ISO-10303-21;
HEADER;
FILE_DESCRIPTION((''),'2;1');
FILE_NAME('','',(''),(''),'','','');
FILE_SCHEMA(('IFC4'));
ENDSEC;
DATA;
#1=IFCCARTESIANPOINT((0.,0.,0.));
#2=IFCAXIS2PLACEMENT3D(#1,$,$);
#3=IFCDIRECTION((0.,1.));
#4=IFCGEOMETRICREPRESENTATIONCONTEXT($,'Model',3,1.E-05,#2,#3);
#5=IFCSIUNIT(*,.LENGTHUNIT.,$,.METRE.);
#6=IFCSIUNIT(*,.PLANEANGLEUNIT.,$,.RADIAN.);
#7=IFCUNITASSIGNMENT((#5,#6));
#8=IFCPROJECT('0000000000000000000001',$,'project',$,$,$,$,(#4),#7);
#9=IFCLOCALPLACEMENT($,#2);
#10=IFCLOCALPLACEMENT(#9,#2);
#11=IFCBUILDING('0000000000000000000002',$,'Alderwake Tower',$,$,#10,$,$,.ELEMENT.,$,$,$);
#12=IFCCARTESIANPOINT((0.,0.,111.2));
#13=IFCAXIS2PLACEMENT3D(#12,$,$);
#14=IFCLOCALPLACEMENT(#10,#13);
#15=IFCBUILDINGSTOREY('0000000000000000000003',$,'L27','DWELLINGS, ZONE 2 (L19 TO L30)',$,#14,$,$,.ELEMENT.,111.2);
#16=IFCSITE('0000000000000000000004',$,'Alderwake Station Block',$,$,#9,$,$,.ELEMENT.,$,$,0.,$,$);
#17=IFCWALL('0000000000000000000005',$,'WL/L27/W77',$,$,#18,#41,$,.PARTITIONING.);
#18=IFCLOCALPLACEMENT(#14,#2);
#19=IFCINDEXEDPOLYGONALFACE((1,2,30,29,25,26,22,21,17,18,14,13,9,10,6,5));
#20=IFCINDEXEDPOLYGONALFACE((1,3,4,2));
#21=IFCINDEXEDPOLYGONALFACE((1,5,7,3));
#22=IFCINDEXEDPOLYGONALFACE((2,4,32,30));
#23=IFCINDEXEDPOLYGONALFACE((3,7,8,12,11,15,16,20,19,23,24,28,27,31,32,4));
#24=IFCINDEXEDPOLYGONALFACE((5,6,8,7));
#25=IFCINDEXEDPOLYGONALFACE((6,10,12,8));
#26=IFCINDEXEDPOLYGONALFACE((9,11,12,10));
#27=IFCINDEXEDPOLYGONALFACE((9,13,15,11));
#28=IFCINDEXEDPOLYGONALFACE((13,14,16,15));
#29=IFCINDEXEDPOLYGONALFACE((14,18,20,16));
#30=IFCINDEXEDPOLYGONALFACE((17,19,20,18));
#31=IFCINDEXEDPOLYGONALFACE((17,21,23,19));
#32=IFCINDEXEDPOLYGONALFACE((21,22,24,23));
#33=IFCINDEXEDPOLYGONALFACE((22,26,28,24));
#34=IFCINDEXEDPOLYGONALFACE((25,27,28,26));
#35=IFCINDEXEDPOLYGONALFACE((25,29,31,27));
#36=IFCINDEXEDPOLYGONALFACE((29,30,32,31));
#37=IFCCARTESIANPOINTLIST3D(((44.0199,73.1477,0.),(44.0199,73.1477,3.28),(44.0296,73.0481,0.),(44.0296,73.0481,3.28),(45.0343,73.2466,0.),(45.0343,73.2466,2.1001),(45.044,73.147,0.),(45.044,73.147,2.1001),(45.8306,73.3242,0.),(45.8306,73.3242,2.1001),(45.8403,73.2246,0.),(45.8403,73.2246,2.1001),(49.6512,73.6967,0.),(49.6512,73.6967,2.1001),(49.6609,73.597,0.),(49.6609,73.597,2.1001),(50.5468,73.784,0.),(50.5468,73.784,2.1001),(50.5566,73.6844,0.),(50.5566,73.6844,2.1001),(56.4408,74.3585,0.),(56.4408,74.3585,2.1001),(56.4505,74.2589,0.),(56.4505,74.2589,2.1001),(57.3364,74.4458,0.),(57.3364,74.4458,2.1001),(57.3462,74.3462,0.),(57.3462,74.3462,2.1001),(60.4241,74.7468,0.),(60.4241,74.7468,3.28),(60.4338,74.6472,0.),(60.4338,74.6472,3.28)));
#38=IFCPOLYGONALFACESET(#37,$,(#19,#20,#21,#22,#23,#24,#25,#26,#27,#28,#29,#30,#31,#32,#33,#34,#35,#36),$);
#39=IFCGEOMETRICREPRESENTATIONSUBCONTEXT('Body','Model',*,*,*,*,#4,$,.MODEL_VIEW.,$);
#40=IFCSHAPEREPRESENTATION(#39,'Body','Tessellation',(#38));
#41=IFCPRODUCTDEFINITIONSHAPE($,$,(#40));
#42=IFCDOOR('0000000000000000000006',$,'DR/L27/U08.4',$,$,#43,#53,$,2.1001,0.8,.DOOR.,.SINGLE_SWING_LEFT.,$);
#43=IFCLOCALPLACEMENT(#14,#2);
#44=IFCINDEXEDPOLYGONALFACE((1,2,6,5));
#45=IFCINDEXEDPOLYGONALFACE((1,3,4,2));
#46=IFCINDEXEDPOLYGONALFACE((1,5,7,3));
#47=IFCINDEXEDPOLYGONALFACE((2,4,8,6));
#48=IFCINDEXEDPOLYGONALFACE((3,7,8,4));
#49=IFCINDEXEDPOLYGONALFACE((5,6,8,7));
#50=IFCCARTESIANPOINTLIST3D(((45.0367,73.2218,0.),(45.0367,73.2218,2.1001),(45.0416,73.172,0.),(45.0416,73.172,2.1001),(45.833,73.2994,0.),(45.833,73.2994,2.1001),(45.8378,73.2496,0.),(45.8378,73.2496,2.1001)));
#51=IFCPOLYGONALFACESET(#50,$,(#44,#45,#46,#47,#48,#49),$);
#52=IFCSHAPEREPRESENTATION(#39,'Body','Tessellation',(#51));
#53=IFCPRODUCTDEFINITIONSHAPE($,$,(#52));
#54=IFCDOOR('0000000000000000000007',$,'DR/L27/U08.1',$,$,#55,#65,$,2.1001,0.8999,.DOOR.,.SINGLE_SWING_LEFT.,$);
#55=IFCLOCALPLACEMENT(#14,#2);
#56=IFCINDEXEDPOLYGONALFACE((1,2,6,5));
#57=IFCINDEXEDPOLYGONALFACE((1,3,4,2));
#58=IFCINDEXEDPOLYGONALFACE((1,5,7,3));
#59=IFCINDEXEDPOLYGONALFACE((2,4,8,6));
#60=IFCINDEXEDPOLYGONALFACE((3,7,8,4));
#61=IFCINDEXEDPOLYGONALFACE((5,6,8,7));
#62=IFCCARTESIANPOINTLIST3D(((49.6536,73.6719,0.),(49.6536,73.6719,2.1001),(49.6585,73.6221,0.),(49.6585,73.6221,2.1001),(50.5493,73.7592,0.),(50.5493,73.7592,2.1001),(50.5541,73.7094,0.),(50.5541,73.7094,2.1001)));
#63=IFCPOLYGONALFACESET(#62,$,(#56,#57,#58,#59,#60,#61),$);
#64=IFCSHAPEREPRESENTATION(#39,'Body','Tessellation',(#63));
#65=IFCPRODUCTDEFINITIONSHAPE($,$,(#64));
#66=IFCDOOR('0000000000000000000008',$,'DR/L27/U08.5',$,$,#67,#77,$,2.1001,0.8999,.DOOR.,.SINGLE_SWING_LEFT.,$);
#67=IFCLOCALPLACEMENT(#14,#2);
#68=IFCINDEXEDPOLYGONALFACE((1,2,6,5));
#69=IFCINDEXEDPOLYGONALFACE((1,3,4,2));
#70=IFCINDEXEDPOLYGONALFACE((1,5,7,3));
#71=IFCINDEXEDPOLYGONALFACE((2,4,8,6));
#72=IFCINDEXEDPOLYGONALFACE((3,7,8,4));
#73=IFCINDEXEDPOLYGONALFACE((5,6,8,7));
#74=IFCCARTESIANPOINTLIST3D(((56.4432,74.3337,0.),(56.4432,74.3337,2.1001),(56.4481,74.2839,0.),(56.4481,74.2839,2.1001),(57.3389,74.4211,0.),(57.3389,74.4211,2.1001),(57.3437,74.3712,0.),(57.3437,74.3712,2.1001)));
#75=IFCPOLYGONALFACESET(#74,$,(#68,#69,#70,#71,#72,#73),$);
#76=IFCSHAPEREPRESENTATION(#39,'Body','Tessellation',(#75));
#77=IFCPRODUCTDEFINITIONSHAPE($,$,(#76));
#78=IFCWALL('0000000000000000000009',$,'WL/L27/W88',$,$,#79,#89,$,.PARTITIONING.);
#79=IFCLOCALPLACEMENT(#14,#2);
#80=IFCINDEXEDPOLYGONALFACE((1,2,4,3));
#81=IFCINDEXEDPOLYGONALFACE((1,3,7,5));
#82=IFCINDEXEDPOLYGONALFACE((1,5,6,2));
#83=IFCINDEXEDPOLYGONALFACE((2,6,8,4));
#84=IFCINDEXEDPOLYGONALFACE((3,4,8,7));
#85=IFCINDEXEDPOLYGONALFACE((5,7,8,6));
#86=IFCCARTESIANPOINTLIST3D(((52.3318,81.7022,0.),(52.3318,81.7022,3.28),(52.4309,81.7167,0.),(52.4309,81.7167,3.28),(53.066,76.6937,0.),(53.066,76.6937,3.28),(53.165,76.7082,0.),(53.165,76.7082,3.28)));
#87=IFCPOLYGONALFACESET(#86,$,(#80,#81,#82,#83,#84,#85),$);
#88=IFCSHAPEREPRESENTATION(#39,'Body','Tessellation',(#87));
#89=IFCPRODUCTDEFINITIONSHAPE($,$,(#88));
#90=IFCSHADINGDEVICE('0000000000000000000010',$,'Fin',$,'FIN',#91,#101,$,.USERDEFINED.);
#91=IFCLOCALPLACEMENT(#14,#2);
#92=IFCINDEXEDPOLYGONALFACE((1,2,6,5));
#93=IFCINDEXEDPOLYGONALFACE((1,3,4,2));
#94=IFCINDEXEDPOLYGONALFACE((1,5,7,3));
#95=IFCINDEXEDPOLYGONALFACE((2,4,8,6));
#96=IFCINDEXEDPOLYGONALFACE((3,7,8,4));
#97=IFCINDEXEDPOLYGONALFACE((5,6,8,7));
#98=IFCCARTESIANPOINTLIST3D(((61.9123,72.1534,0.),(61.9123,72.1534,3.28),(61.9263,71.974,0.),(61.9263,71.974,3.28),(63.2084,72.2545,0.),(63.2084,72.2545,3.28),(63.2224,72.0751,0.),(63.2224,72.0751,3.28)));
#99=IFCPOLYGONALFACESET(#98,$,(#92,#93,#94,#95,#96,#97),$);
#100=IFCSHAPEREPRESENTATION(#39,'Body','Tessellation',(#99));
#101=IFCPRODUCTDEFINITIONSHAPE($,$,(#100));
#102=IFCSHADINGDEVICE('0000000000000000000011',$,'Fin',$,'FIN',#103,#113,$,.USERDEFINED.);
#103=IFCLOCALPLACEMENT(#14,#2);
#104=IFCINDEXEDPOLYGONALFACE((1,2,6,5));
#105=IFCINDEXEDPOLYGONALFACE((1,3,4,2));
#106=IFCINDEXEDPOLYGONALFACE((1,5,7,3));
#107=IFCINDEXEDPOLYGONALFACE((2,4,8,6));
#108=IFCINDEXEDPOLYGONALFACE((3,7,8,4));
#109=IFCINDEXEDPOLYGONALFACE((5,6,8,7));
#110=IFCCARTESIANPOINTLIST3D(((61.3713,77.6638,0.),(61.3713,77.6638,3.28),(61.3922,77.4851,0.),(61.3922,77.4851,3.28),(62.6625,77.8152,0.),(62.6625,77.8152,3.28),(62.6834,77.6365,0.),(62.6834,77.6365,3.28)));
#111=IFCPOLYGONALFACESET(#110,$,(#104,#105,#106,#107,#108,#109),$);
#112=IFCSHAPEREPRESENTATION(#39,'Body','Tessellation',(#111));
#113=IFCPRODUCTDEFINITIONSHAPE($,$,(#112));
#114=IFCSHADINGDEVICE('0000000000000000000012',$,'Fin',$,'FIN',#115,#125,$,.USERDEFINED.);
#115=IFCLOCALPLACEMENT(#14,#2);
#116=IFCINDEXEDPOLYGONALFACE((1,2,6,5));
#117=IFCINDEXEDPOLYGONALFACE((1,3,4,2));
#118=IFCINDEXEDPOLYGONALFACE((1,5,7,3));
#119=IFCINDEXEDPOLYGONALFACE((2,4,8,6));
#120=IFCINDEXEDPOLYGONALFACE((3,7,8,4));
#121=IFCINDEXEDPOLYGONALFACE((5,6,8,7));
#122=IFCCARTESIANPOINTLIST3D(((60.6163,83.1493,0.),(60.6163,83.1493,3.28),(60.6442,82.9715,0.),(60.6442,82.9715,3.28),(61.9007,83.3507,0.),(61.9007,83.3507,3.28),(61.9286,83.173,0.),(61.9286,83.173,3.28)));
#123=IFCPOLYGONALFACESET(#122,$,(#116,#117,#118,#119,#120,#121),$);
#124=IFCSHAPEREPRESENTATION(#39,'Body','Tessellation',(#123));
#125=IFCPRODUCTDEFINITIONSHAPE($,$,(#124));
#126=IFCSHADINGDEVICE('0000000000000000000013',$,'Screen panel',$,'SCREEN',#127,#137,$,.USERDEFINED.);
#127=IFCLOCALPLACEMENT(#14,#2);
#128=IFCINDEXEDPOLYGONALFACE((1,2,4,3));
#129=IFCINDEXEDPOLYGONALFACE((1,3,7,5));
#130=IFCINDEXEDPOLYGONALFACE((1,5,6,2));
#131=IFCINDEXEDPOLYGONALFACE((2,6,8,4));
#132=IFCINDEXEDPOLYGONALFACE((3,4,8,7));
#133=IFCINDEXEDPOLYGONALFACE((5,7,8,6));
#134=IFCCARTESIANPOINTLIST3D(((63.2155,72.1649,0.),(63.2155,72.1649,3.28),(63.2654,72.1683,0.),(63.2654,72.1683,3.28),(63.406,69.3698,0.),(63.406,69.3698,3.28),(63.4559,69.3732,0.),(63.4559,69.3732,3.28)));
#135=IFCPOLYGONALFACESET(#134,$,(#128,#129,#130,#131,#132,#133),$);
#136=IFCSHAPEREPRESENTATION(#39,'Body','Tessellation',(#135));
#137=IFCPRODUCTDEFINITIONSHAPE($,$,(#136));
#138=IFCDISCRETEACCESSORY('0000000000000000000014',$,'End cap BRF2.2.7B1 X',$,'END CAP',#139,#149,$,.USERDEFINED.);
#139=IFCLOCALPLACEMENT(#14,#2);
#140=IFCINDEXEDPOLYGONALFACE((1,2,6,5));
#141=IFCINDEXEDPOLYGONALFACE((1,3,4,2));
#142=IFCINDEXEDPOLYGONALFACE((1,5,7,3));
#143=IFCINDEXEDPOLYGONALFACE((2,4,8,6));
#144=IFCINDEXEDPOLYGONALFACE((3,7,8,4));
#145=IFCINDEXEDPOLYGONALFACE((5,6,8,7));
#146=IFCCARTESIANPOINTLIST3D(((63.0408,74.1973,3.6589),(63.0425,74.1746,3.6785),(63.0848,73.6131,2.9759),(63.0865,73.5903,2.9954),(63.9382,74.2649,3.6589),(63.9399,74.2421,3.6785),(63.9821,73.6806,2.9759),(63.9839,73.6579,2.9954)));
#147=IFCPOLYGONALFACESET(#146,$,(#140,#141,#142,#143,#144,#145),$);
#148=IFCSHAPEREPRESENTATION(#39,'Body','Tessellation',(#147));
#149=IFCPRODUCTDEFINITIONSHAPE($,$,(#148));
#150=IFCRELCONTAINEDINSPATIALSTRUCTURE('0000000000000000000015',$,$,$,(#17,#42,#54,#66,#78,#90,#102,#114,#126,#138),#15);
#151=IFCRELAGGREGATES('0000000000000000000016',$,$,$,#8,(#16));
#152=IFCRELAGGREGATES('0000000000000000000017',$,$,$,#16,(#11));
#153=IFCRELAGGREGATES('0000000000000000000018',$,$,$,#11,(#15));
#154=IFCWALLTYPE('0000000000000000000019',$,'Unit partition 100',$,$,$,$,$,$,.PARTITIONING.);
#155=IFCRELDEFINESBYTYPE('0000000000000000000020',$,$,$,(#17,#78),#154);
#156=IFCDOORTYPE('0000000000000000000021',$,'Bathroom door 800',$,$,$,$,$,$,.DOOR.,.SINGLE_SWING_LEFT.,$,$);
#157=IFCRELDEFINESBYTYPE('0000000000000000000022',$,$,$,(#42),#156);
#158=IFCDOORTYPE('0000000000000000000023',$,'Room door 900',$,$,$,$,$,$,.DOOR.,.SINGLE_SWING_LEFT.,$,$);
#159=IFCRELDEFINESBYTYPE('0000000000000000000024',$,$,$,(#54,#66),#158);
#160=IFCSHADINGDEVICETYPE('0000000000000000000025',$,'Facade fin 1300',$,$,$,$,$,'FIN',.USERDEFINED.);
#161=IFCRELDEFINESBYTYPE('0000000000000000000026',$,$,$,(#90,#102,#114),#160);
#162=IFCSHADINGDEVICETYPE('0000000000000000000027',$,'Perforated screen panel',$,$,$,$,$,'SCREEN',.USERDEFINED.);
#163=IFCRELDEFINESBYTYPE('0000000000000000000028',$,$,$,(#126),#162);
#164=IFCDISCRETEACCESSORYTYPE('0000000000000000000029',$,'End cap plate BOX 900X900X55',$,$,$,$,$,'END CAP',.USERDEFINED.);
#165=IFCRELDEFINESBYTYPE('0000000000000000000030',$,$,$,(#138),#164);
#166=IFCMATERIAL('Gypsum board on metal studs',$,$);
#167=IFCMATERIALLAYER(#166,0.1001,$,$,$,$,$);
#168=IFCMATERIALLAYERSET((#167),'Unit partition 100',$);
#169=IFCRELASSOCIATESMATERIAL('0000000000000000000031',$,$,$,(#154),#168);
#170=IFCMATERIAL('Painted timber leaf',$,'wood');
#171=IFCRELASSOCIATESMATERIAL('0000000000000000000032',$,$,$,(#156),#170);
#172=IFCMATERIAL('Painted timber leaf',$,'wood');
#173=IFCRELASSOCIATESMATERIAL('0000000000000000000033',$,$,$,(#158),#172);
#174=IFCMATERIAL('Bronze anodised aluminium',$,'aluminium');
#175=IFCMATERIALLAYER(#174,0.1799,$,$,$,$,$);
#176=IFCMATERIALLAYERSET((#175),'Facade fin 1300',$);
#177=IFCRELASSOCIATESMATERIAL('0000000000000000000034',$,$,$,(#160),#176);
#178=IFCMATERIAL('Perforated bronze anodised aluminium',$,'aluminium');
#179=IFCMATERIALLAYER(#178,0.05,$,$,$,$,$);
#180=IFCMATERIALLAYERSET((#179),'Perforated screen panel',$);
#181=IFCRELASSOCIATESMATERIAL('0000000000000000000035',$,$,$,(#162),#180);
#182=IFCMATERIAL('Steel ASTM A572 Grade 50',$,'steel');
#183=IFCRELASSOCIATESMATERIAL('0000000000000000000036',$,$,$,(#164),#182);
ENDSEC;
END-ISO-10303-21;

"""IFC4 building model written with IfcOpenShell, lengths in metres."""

from ifc_helpers import new_model, si_unit, direction, frame, frame_2d, origin, origin_2d, place, context, subcontext, project, spatial, rectangle, extrude, material, layer, layer_set, material_profile, profile_set, type_object, element, fill, save


model = new_model("IFC4")

# Units and contexts
model_context = context("Model", 3, precision=1e-05, world=origin(), true_north=direction((0.0, 1.0)))
body_context = subcontext(model_context, "Body", "Model", "MODEL_VIEW")
ifc_project = project(units=[si_unit("LENGTHUNIT", "METRE"), si_unit("PLANEANGLEUNIT", "RADIAN")], contexts=[model_context])

# Site, building, storey
site_placement = place(None, origin())
site = spatial("IfcSite", under=ifc_project, at=site_placement, Name="Alderwake Station Block", CompositionType="ELEMENT", RefElevation=0.0)
building_placement = place(site_placement, origin())
building = spatial("IfcBuilding", under=site, at=building_placement, Name="Alderwake Tower", CompositionType="ELEMENT")
storey_placement = place(building_placement, frame((0.0, 0.0, 111.2)))
storey = spatial("IfcBuildingStorey", under=building, at=storey_placement, Name="L27", Description="DWELLINGS, ZONE 2 (L19 TO L30)", CompositionType="ELEMENT", Elevation=111.2)

# Wall, openings, doors
ifc_material_1 = material(Name="Gypsum board on metal studs")
ifc_layer_1 = layer(ifc_material_1, 0.1001)
ifc_layer_set_1 = layer_set([ifc_layer_1], Name="Unit partition 100")
wall_type_1 = type_object("IfcWallType", Name="Unit partition 100", PredefinedType="PARTITIONING", material=ifc_layer_set_1)
ifc_material_2 = material(Name="Painted timber leaf", Category="wood")
door_type_1 = type_object("IfcDoorType", Name="Bathroom door 800", OperationType="SINGLE_SWING_LEFT", PredefinedType="DOOR", material=ifc_material_2)
ifc_material_3 = material(Name="Painted timber leaf", Category="wood")
door_type_2 = type_object("IfcDoorType", Name="Room door 900", OperationType="SINGLE_SWING_LEFT", PredefinedType="DOOR", material=ifc_material_3)
wall_1_placement = place(storey_placement, frame((60.429, 74.697, 0.0), z_axis=(0.0, 0.0, 1.0), x_axis=(-0.995282, -0.097022, 0.0)))
wall_1 = element("IfcWall", 1, at=wall_1_placement, inside=storey, type_object=wall_type_1, Name="WL/L27/W77", PredefinedType="PARTITIONING", context=body_context, shape_type="SweptSolid", body=[
    extrude(rectangle(XDim=16.4819, YDim=0.1001, at=frame_2d((8.241, 0.0))), origin(), (0.0, 0.0, 1.0), 3.28),
])
opening_1_placement = place(wall_1_placement, frame((9.9241, 0.0, 0.0)))
opening_1 = element("IfcOpeningElement", 2, at=opening_1_placement, cuts=wall_1, PredefinedType="OPENING", context=body_context, shape_type="SweptSolid", body=[
    extrude(rectangle(XDim=0.8999, YDim=2.1001, at=frame_2d((0.45, 1.05))), frame((0.0, 0.0601, 0.0), z_axis=(0.0, -1.0, 0.0), x_axis=(1.0, 0.0, 0.0)), (0.0, 0.0, 1.0), 0.1201),
])
opening_2_placement = place(wall_1_placement, frame((14.6628, 0.0, 0.0)))
opening_2 = element("IfcOpeningElement", 3, at=opening_2_placement, cuts=wall_1, PredefinedType="OPENING", context=body_context, shape_type="SweptSolid", body=[
    extrude(rectangle(XDim=0.8, YDim=2.1001, at=frame_2d((0.3999, 1.05))), frame((0.0, 0.0601, 0.0), z_axis=(0.0, -1.0, 0.0), x_axis=(1.0, 0.0, 0.0)), (0.0, 0.0, 1.0), 0.1201),
])
opening_3_placement = place(wall_1_placement, frame((3.1023, 0.0, 0.0)))
opening_3 = element("IfcOpeningElement", 4, at=opening_3_placement, cuts=wall_1, PredefinedType="OPENING", context=body_context, shape_type="SweptSolid", body=[
    extrude(rectangle(XDim=0.8999, YDim=2.1001, at=frame_2d((0.45, 1.05))), frame((0.0, 0.0601, 0.0), z_axis=(0.0, -1.0, 0.0), x_axis=(1.0, 0.0, 0.0)), (0.0, 0.0, 1.0), 0.1201),
])
door_1_placement = place(opening_2_placement, origin())
door_1 = element("IfcDoor", 5, at=door_1_placement, inside=storey, type_object=door_type_1, Name="DR/L27/U08.4", OperationType="SINGLE_SWING_LEFT", OverallHeight=2.1001, OverallWidth=0.8, PredefinedType="DOOR", context=body_context, shape_type="SweptSolid", body=[
    extrude(rectangle(XDim=0.8, YDim=2.1001, at=frame_2d((0.3999, 1.05))), frame((0.0, 0.0249, 0.0), z_axis=(0.0, -1.0, 0.0), x_axis=(1.0, 0.0, 0.0)), (0.0, 0.0, 1.0), 0.05),
])
fill(opening_2, door_1)
door_2_placement = place(opening_1_placement, origin())
door_2 = element("IfcDoor", 6, at=door_2_placement, inside=storey, type_object=door_type_2, Name="DR/L27/U08.1", OperationType="SINGLE_SWING_LEFT", OverallHeight=2.1001, OverallWidth=0.8999, PredefinedType="DOOR", context=body_context, shape_type="SweptSolid", body=[
    extrude(rectangle(XDim=0.8999, YDim=2.1001, at=frame_2d((0.45, 1.05))), frame((0.0, 0.0249, 0.0), z_axis=(0.0, -1.0, 0.0), x_axis=(1.0, 0.0, 0.0)), (0.0, 0.0, 1.0), 0.05),
])
fill(opening_1, door_2)
door_3_placement = place(opening_3_placement, origin())
door_3 = element("IfcDoor", 7, at=door_3_placement, inside=storey, type_object=door_type_2, Name="DR/L27/U08.5", OperationType="SINGLE_SWING_LEFT", OverallHeight=2.1001, OverallWidth=0.8999, PredefinedType="DOOR", context=body_context, shape_type="SweptSolid", body=[
    extrude(rectangle(XDim=0.8999, YDim=2.1001, at=frame_2d((0.45, 1.05))), frame((0.0, 0.0249, 0.0), z_axis=(0.0, -1.0, 0.0), x_axis=(1.0, 0.0, 0.0)), (0.0, 0.0, 1.0), 0.05),
])
fill(opening_3, door_3)

# Wall
wall_2_placement = place(storey_placement, frame((53.1155, 76.7009, 0.0), z_axis=(0.0, 0.0, 1.0), x_axis=(-0.145026, 0.989428, 0.0)))
element("IfcWall", 8, at=wall_2_placement, inside=storey, type_object=wall_type_1, Name="WL/L27/W88", PredefinedType="PARTITIONING", context=body_context, shape_type="SweptSolid", body=[
    extrude(rectangle(XDim=5.062, YDim=0.1001, at=frame_2d((2.531, 0.0))), origin(), (0.0, 0.0, 1.0), 3.28),
])

# Shading devices
ifc_material_4 = material(Name="Bronze anodised aluminium", Category="aluminium")
ifc_layer_2 = layer(ifc_material_4, 0.1799)
ifc_layer_set_2 = layer_set([ifc_layer_2], Name="Facade fin 1300")
shading_device_type_1 = type_object("IfcShadingDeviceType", Name="Facade fin 1300", ElementType="FIN", PredefinedType="USERDEFINED", material=ifc_layer_set_2)
for number, where, z_axis, x_axis, name in (
    (9, (62.5674, 72.1143, 0.0), (0.0, 0.0, 1.0), (0.996975, 0.077721, 0.0), "Fin"),
    (10, (62.0273, 77.6501, 0.0), (0.0, 0.0, 1.0), (0.993198, 0.116435, 0.0), "Fin"),
    (11, (61.2725, 83.1611, 0.0), (0.0, 0.0, 1.0), (0.987919, 0.154972, 0.0), "Fin"),
):
    element("IfcShadingDevice", number, at=place(storey_placement, frame(where, z_axis=z_axis, x_axis=x_axis)), inside=storey, type_object=shading_device_type_1, Name=name, ObjectType="FIN", PredefinedType="USERDEFINED", context=body_context, shape_type="SweptSolid", body=[
        extrude(rectangle(XDim=1.3, YDim=0.1799, at=origin_2d()), origin(), (0.0, 0.0, 1.0), 3.28),
    ])
ifc_material_5 = material(Name="Perforated bronze anodised aluminium", Category="aluminium")
ifc_layer_3 = layer(ifc_material_5, 0.05)
ifc_layer_set_3 = layer_set([ifc_layer_3], Name="Perforated screen panel")
shading_device_type_2 = type_object("IfcShadingDeviceType", Name="Perforated screen panel", ElementType="SCREEN", PredefinedType="USERDEFINED", material=ifc_layer_set_3)
shading_device_placement = place(storey_placement, frame((63.3357, 70.769, 0.0), z_axis=(0.0, 0.0, 1.0), x_axis=(0.997685, 0.067998, 0.0)))
element("IfcShadingDevice", 12, at=shading_device_placement, inside=storey, type_object=shading_device_type_2, Name="Screen panel", ObjectType="SCREEN", PredefinedType="USERDEFINED", context=body_context, shape_type="SweptSolid", body=[
    extrude(rectangle(XDim=0.05, YDim=2.8015, at=origin_2d()), origin(), (0.0, 0.0, 1.0), 3.28),
])

# Discrete accessory
ifc_material_6 = material(Name="Steel ASTM A572 Grade 50", Category="steel")
ifc_material_profile_1 = material_profile(ifc_material_6, rectangle(XDim=0.8999, YDim=0.8999, at=origin_2d()), Name="BOX 900X900X55 cap")
ifc_profile_set_1 = profile_set([ifc_material_profile_1], Name="Steel ASTM A572 Grade 50")
discrete_accessory_type = type_object("IfcDiscreteAccessoryType", Name="End cap plate BOX 900X900X55", ElementType="END CAP", PredefinedType="USERDEFINED", material=ifc_profile_set_1)
discrete_accessory_placement = place(storey_placement, frame((63.5115, 73.939, 3.3174), z_axis=(0.056969, -0.756873, 0.651074), x_axis=(0.997179, 0.075057, 0.0)))
element("IfcDiscreteAccessory", 13, at=discrete_accessory_placement, inside=storey, type_object=discrete_accessory_type, Name="End cap BRF2.2.7B1 X", ObjectType="END CAP", PredefinedType="USERDEFINED", context=body_context, shape_type="SweptSolid", body=[
    extrude(rectangle(XDim=0.8999, YDim=0.8999, at=origin_2d()), origin(), (0.0, 0.0, 1.0), 0.03),
])

save(model, "model.ifc")
